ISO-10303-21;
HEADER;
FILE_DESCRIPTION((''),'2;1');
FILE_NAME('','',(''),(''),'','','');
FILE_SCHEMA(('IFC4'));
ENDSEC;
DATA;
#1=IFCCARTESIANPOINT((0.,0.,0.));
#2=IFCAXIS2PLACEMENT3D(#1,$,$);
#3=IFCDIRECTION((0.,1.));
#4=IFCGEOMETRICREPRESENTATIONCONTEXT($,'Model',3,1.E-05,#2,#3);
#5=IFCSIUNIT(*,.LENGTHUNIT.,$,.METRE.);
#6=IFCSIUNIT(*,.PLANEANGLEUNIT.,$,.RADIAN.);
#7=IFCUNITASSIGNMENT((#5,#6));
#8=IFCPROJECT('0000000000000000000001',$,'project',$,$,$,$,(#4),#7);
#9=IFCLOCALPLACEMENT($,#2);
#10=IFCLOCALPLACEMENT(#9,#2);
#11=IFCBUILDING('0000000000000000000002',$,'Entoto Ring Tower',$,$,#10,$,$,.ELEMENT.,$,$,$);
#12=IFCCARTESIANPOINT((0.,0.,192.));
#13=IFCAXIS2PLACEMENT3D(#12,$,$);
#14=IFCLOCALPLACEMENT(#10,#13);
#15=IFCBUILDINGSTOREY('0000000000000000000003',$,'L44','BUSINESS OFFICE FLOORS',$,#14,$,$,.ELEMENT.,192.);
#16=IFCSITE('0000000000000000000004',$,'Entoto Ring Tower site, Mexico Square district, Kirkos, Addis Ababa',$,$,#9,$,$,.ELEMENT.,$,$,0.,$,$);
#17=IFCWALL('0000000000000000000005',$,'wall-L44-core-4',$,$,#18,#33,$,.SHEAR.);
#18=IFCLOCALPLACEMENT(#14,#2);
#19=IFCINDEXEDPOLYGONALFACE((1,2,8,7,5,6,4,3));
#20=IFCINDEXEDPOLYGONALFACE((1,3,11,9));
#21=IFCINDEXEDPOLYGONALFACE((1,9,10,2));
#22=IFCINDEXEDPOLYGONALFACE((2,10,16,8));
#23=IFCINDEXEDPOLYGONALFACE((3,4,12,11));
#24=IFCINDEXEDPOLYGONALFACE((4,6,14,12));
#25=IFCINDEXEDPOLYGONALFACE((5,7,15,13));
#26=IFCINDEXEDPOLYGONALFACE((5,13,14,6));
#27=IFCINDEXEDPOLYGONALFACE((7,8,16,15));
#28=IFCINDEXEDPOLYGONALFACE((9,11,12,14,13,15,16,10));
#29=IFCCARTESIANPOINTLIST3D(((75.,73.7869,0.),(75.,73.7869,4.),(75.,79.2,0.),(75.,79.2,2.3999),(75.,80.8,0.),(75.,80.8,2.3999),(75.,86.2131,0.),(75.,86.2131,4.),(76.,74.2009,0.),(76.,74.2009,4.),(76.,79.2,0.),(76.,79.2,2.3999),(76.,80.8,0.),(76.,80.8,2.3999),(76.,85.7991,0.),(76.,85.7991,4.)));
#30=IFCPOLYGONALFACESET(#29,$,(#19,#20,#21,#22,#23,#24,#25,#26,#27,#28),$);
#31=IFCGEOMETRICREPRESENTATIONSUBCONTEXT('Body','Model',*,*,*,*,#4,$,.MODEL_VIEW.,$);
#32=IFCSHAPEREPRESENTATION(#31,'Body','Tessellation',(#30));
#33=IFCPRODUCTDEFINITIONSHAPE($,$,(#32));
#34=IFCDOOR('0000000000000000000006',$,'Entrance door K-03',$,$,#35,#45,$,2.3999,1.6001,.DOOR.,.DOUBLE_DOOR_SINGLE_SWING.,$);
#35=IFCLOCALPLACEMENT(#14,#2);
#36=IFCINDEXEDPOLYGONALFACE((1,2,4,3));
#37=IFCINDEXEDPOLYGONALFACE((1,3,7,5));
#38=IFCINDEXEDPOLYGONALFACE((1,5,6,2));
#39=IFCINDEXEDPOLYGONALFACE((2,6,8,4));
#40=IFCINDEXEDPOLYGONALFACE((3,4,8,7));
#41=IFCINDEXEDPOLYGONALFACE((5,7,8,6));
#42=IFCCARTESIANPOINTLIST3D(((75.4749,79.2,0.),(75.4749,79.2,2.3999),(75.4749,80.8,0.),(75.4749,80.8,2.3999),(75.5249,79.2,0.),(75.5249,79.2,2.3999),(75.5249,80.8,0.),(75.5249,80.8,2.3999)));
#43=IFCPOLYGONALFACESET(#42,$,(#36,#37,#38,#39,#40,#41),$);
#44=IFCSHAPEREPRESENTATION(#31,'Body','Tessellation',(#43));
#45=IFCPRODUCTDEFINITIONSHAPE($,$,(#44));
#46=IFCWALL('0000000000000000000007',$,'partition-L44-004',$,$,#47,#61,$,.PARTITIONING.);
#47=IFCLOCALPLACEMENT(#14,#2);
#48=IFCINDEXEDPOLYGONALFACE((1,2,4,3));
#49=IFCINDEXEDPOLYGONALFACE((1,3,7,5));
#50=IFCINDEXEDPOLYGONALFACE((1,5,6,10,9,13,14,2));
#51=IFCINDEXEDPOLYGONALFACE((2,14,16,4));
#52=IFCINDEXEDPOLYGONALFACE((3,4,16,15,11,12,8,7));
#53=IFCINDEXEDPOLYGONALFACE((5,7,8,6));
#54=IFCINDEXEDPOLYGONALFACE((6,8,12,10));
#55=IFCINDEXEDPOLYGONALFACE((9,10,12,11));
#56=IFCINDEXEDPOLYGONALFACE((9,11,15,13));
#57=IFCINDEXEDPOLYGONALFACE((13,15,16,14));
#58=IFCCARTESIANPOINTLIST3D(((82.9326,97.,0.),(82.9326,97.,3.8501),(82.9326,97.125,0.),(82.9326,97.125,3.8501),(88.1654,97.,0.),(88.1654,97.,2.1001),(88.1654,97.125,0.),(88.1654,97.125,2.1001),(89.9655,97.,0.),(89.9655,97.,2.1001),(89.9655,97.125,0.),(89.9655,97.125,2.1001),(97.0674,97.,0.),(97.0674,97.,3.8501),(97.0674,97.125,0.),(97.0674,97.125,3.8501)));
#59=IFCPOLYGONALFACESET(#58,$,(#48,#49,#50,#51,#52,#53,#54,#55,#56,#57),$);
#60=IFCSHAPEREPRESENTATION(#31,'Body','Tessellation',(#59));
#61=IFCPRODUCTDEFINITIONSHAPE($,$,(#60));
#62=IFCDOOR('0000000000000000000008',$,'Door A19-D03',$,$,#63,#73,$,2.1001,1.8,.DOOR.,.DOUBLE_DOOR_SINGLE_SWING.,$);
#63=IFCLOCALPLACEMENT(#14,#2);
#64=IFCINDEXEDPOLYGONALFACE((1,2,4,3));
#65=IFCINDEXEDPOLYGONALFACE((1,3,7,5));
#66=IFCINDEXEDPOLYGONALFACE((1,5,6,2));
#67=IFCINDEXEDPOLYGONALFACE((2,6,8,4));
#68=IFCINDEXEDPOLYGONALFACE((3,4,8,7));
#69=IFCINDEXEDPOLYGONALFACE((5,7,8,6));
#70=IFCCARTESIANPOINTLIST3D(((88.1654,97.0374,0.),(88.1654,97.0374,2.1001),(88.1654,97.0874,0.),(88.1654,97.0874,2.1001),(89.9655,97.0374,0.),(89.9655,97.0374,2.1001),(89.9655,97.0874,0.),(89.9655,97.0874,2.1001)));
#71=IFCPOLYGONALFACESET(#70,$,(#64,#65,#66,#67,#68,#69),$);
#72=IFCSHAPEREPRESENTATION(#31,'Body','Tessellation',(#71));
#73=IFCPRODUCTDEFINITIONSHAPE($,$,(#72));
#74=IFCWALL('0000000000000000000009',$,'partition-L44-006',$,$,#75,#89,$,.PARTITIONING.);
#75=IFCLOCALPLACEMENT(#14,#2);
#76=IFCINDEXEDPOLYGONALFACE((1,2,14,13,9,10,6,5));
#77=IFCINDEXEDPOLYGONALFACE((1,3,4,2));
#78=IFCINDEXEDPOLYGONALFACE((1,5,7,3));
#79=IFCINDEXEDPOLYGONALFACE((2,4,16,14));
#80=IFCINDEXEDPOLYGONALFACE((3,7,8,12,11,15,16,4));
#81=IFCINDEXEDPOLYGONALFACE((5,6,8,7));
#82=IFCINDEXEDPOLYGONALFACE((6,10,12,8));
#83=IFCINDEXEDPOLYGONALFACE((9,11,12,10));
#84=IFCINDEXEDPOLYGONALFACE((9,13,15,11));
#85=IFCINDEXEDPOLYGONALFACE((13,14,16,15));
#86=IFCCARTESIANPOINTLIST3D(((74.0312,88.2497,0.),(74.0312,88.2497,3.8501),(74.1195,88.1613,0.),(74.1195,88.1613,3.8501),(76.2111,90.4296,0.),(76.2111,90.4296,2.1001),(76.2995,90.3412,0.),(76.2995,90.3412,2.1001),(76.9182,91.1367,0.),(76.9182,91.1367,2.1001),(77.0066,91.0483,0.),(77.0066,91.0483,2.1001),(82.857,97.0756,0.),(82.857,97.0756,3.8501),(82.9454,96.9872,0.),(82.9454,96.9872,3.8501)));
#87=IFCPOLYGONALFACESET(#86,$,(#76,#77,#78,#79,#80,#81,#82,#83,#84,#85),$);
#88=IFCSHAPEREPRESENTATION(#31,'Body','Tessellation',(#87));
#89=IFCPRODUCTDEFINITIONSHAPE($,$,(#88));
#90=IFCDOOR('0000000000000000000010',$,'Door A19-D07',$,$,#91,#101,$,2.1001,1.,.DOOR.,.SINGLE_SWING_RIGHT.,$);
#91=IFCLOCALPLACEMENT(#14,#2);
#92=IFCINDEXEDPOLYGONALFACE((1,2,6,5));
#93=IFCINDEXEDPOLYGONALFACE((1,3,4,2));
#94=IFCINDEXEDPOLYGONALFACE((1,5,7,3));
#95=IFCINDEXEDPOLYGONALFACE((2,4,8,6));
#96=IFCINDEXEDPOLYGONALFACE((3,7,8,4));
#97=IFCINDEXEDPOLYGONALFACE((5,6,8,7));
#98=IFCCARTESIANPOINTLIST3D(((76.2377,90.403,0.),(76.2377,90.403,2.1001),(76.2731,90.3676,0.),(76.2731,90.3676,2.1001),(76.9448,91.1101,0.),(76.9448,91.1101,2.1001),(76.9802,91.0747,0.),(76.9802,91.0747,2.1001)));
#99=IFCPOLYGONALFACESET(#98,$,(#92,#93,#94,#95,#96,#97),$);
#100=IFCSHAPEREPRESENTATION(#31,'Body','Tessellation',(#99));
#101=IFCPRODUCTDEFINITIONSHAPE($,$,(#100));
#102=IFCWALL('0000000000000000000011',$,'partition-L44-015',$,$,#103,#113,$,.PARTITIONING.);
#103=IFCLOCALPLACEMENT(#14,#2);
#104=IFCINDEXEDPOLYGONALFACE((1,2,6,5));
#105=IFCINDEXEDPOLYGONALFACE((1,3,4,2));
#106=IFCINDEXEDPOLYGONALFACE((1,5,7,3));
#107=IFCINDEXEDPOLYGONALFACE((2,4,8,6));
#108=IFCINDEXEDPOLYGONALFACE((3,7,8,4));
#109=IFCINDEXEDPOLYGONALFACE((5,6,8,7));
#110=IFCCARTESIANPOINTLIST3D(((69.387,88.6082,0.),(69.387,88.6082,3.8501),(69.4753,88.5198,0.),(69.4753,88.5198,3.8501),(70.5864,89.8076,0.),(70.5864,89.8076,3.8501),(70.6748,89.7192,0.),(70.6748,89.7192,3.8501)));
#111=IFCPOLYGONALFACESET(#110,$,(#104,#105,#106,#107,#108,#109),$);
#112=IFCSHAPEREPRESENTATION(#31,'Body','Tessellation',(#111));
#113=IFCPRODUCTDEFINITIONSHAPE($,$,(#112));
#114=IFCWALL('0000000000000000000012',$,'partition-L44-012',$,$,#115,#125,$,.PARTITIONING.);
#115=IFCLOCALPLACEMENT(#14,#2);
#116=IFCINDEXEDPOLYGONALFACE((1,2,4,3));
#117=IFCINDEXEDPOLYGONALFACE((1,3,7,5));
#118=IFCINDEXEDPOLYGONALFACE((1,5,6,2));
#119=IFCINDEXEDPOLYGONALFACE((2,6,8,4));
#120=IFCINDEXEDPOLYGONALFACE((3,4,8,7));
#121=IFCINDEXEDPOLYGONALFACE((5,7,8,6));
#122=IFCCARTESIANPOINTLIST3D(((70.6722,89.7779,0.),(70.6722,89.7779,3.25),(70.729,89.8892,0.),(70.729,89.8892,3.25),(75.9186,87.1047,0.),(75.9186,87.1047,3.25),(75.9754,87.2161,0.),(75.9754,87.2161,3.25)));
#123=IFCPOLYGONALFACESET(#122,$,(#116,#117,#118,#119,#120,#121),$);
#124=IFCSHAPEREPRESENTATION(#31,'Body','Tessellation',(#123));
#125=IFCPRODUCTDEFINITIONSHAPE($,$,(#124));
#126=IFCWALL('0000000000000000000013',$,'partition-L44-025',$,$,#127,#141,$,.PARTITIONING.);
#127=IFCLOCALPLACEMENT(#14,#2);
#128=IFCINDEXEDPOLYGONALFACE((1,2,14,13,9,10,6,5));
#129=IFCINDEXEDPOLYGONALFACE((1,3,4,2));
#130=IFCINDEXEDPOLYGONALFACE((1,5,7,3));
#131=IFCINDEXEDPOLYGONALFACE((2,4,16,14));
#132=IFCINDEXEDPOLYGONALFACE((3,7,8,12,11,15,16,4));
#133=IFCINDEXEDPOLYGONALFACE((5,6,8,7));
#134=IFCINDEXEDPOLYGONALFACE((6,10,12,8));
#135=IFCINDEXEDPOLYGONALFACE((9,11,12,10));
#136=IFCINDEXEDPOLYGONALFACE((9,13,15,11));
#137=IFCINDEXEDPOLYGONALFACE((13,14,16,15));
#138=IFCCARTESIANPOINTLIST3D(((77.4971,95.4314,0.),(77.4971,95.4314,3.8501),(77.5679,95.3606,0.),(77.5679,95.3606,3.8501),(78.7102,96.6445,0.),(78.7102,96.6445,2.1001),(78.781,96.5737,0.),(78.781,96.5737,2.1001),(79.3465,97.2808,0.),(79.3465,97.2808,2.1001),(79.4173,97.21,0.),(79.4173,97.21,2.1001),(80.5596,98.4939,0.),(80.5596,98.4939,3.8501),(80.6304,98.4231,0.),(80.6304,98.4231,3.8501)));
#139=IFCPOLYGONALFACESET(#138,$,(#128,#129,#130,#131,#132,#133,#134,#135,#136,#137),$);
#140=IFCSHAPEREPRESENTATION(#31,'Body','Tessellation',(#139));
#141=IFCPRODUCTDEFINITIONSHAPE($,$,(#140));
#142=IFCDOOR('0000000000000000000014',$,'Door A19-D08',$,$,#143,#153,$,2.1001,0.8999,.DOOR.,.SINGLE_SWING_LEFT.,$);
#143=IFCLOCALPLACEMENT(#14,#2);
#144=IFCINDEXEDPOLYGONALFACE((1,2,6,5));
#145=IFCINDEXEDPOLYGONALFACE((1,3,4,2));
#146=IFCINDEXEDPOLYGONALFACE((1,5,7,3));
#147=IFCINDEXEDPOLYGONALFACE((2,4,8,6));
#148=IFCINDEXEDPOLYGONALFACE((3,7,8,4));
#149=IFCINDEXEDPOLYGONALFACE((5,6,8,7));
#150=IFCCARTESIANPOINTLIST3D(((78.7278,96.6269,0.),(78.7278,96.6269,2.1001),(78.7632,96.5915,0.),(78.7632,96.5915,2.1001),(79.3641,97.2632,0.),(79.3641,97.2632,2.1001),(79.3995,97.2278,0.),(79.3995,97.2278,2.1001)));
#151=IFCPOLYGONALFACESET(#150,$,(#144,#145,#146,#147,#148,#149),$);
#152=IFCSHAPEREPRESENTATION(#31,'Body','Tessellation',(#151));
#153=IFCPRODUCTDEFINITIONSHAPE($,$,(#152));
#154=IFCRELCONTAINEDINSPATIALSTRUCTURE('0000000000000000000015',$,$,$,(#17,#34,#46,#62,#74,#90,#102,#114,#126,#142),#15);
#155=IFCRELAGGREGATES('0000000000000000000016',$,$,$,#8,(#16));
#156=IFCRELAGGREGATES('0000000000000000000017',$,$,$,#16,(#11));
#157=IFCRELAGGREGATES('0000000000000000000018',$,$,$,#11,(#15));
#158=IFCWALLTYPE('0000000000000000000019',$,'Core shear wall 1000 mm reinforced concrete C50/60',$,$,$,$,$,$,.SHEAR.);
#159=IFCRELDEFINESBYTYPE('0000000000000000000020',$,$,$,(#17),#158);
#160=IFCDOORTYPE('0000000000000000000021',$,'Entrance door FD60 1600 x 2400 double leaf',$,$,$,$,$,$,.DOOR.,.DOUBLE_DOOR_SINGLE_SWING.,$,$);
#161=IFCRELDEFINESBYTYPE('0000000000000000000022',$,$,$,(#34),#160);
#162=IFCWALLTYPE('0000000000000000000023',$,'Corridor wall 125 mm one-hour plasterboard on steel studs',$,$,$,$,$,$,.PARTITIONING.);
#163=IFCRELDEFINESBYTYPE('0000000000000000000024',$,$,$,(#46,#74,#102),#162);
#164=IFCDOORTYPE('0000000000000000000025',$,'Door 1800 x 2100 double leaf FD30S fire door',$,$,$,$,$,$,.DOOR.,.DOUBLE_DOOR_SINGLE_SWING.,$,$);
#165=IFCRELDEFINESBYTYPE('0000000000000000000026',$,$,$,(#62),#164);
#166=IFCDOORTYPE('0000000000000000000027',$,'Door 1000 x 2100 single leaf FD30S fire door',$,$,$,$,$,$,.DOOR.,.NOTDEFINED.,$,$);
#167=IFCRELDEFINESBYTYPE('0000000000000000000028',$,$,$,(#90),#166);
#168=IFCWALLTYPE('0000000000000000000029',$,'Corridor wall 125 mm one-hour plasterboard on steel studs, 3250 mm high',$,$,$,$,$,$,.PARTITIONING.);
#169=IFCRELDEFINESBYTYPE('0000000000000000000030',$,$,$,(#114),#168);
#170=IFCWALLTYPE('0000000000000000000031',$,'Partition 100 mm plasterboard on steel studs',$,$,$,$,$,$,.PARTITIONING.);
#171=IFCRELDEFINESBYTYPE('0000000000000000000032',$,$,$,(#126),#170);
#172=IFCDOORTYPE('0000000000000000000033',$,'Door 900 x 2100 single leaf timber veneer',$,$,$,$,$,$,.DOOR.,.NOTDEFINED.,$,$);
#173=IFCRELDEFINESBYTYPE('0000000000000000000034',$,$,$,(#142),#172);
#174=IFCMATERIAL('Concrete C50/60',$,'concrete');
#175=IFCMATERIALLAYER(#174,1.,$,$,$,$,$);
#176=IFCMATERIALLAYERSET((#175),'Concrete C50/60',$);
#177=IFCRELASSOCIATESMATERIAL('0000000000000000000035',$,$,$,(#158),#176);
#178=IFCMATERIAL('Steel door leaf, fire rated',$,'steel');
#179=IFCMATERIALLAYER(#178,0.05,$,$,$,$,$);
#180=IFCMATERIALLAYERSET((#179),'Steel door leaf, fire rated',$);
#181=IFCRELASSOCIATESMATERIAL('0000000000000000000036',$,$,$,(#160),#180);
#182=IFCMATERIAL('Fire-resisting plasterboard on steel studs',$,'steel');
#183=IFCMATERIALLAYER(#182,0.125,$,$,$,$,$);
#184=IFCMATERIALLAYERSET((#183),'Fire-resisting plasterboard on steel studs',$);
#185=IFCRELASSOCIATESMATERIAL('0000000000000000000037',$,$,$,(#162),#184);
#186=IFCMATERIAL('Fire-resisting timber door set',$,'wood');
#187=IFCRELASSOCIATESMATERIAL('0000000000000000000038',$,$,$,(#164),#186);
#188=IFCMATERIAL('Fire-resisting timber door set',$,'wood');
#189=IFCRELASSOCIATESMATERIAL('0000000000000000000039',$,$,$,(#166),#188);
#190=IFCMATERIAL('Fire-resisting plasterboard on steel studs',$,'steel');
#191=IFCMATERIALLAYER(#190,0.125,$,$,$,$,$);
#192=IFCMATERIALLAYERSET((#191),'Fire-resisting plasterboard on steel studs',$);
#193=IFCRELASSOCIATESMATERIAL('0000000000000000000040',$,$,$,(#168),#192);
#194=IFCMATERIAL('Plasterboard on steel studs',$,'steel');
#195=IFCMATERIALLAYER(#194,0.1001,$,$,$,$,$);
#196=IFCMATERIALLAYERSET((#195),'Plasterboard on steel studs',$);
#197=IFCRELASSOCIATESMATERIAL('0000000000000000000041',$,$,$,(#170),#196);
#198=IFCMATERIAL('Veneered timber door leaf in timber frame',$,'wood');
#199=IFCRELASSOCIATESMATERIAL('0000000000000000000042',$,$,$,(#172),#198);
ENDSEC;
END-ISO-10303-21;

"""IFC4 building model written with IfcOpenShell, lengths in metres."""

from ifc_helpers import new_model, si_unit, direction, frame, frame_2d, origin, place, context, subcontext, project, spatial, polyline, rectangle, outline, extrude, material, layer, layer_set, type_object, element, fill, save


model = new_model("IFC4")

# Units and contexts
model_context = context("Model", 3, precision=1e-05, world=origin(), true_north=direction((0.0, 1.0)))
body_context = subcontext(model_context, "Body", "Model", "MODEL_VIEW")
ifc_project = project(units=[si_unit("LENGTHUNIT", "METRE"), si_unit("PLANEANGLEUNIT", "RADIAN")], contexts=[model_context])

# Site, building, storey
site_placement = place(None, origin())
site = spatial("IfcSite", under=ifc_project, at=site_placement, Name="Entoto Ring Tower site, Mexico Square district, Kirkos, Addis Ababa", CompositionType="ELEMENT", RefElevation=0.0)
building_placement = place(site_placement, origin())
building = spatial("IfcBuilding", under=site, at=building_placement, Name="Entoto Ring Tower", CompositionType="ELEMENT")
storey_placement = place(building_placement, frame((0.0, 0.0, 192.0)))
storey = spatial("IfcBuildingStorey", under=building, at=storey_placement, Name="L44", Description="BUSINESS OFFICE FLOORS", CompositionType="ELEMENT", Elevation=192.0)

# Shared definitions
ifc_material_1 = material(Name="Concrete C50/60", Category="concrete")
ifc_layer_1 = layer(ifc_material_1, 1.0)
ifc_layer_set_1 = layer_set([ifc_layer_1], Name="Concrete C50/60")
wall_type_1 = type_object("IfcWallType", Name="Core shear wall 1000 mm reinforced concrete C50/60", PredefinedType="SHEAR", material=ifc_layer_set_1)

# Walls, openings, doors
wall_1_placement = place(storey_placement, frame((75.5, 86.0061, 0.0), z_axis=(0.0, 0.0, 1.0), x_axis=(0.0, -1.0, 0.0)))
wall_1 = element("IfcWall", 1, at=wall_1_placement, inside=storey, type_object=wall_type_1, Name="wall-L44-core-4", PredefinedType="SHEAR", context=body_context, shape_type="SweptSolid", body=[
    extrude(outline(polyline([(-0.207, -0.5), (12.2192, -0.5), (11.8052, 0.5), (0.207, 0.5), (-0.207, -0.5)])), origin(), (0.0, 0.0, 1.0), 4.0),
])
opening_1_placement = place(wall_1_placement, frame((5.2061, 0.0, 0.0)))
opening_1 = element("IfcOpeningElement", 2, at=opening_1_placement, cuts=wall_1, PredefinedType="OPENING", context=body_context, shape_type="SweptSolid", body=[
    extrude(rectangle(XDim=1.6001, YDim=2.3999, at=frame_2d((0.8, 1.2))), frame((0.0, 0.51, 0.0), z_axis=(0.0, -1.0, 0.0), x_axis=(1.0, 0.0, 0.0)), (0.0, 0.0, 1.0), 1.02),
])
ifc_material_2 = material(Name="Steel door leaf, fire rated", Category="steel")
ifc_layer_2 = layer(ifc_material_2, 0.05)
ifc_layer_set_2 = layer_set([ifc_layer_2], Name="Steel door leaf, fire rated")
door_type_1 = type_object("IfcDoorType", Name="Entrance door FD60 1600 x 2400 double leaf", OperationType="DOUBLE_DOOR_SINGLE_SWING", PredefinedType="DOOR", material=ifc_layer_set_2)
door_1_placement = place(opening_1_placement, origin())
door_1 = element("IfcDoor", 3, at=door_1_placement, inside=storey, type_object=door_type_1, Name="Entrance door K-03", OperationType="DOUBLE_DOOR_SINGLE_SWING", OverallHeight=2.3999, OverallWidth=1.6001, PredefinedType="DOOR", context=body_context, shape_type="SweptSolid", body=[
    extrude(rectangle(XDim=1.6001, YDim=2.3999, at=frame_2d((0.8, 1.2))), frame((0.0, 0.0249, 0.0), z_axis=(0.0, -1.0, 0.0), x_axis=(1.0, 0.0, 0.0)), (0.0, 0.0, 1.0), 0.05),
])
fill(opening_1, door_1)
ifc_material_3 = material(Name="Fire-resisting plasterboard on steel studs", Category="steel")
ifc_layer_3 = layer(ifc_material_3, 0.125)
ifc_layer_set_3 = layer_set([ifc_layer_3], Name="Fire-resisting plasterboard on steel studs")
wall_type_2 = type_object("IfcWallType", Name="Corridor wall 125 mm one-hour plasterboard on steel studs", PredefinedType="PARTITIONING", material=ifc_layer_set_3)
wall_2_placement = place(storey_placement, frame((82.9326, 97.0625, 0.0), z_axis=(0.0, 0.0, 1.0), x_axis=(1.0, 0.0, 0.0)))
wall_2 = element("IfcWall", 4, at=wall_2_placement, inside=storey, type_object=wall_type_2, Name="partition-L44-004", PredefinedType="PARTITIONING", context=body_context, shape_type="SweptSolid", body=[
    extrude(rectangle(XDim=14.1348, YDim=0.125, at=frame_2d((7.0674, 0.0))), origin(), (0.0, 0.0, 1.0), 3.8501),
])
opening_2_placement = place(wall_2_placement, frame((5.2329, 0.0, 0.0)))
opening_2 = element("IfcOpeningElement", 5, at=opening_2_placement, cuts=wall_2, PredefinedType="OPENING", context=body_context, shape_type="SweptSolid", body=[
    extrude(rectangle(XDim=1.8, YDim=2.1001, at=frame_2d((0.8999, 1.05))), frame((0.0, 0.0725, 0.0), z_axis=(0.0, -1.0, 0.0), x_axis=(1.0, 0.0, 0.0)), (0.0, 0.0, 1.0), 0.145),
])
ifc_material_4 = material(Name="Fire-resisting timber door set", Category="wood")
door_type_2 = type_object("IfcDoorType", Name="Door 1800 x 2100 double leaf FD30S fire door", OperationType="DOUBLE_DOOR_SINGLE_SWING", PredefinedType="DOOR", material=ifc_material_4)
door_2_placement = place(opening_2_placement, origin())
door_2 = element("IfcDoor", 6, at=door_2_placement, inside=storey, type_object=door_type_2, Name="Door A19-D03", OperationType="DOUBLE_DOOR_SINGLE_SWING", OverallHeight=2.1001, OverallWidth=1.8, PredefinedType="DOOR", context=body_context, shape_type="SweptSolid", body=[
    extrude(rectangle(XDim=1.8, YDim=2.1001, at=frame_2d((0.8999, 1.05))), frame((0.0, 0.0249, 0.0), z_axis=(0.0, -1.0, 0.0), x_axis=(1.0, 0.0, 0.0)), (0.0, 0.0, 1.0), 0.05),
])
fill(opening_2, door_2)
wall_3_placement = place(storey_placement, frame((74.0754, 88.2056, 0.0), z_axis=(0.0, 0.0, 1.0), x_axis=(0.707107, 0.707107, 0.0)))
wall_3 = element("IfcWall", 7, at=wall_3_placement, inside=storey, type_object=wall_type_2, Name="partition-L44-006", PredefinedType="PARTITIONING", context=body_context, shape_type="SweptSolid", body=[
    extrude(rectangle(XDim=12.4817, YDim=0.125, at=frame_2d((6.2407, 0.0))), origin(), (0.0, 0.0, 1.0), 3.8501),
])
opening_3_placement = place(wall_3_placement, frame((3.0828, 0.0, 0.0)))
opening_3 = element("IfcOpeningElement", 8, at=opening_3_placement, cuts=wall_3, PredefinedType="OPENING", context=body_context, shape_type="SweptSolid", body=[
    extrude(rectangle(XDim=1.0, YDim=2.1001, at=frame_2d((0.5, 1.05))), frame((0.0, 0.0725, 0.0), z_axis=(0.0, -1.0, 0.0), x_axis=(1.0, 0.0, 0.0)), (0.0, 0.0, 1.0), 0.145),
])
ifc_material_5 = material(Name="Fire-resisting timber door set", Category="wood")
door_type_3 = type_object("IfcDoorType", Name="Door 1000 x 2100 single leaf FD30S fire door", OperationType="NOTDEFINED", PredefinedType="DOOR", material=ifc_material_5)
door_3_placement = place(opening_3_placement, origin())
door_3 = element("IfcDoor", 9, at=door_3_placement, inside=storey, type_object=door_type_3, Name="Door A19-D07", OperationType="SINGLE_SWING_RIGHT", OverallHeight=2.1001, OverallWidth=1.0, PredefinedType="DOOR", context=body_context, shape_type="SweptSolid", body=[
    extrude(rectangle(XDim=1.0, YDim=2.1001, at=frame_2d((0.5, 1.05))), frame((0.0, 0.0249, 0.0), z_axis=(0.0, -1.0, 0.0), x_axis=(1.0, 0.0, 0.0)), (0.0, 0.0, 1.0), 0.05),
])
fill(opening_3, door_3)

# Walls
wall_4_placement = place(storey_placement, frame((69.4312, 88.564, 0.0), z_axis=(0.0, 0.0, 1.0), x_axis=(0.707107, 0.707107, 0.0)))
element("IfcWall", 10, at=wall_4_placement, inside=storey, type_object=wall_type_2, Name="partition-L44-015", PredefinedType="PARTITIONING", context=body_context, shape_type="SweptSolid", body=[
    extrude(rectangle(XDim=1.6963, YDim=0.125, at=frame_2d((0.8481, 0.0))), origin(), (0.0, 0.0, 1.0), 3.8501),
])
ifc_material_6 = material(Name="Fire-resisting plasterboard on steel studs", Category="steel")
ifc_layer_4 = layer(ifc_material_6, 0.125)
ifc_layer_set_4 = layer_set([ifc_layer_4], Name="Fire-resisting plasterboard on steel studs")
wall_type_3 = type_object("IfcWallType", Name="Corridor wall 125 mm one-hour plasterboard on steel studs, 3250 mm high", PredefinedType="PARTITIONING", material=ifc_layer_set_4)
wall_5_placement = place(storey_placement, frame((75.947, 87.1604, 0.0), z_axis=(0.0, 0.0, 1.0), x_axis=(-0.89101, 0.453984, 0.0)))
element("IfcWall", 11, at=wall_5_placement, inside=storey, type_object=wall_type_3, Name="partition-L44-012", PredefinedType="PARTITIONING", context=body_context, shape_type="SweptSolid", body=[
    extrude(rectangle(XDim=5.8882, YDim=0.125, at=frame_2d((2.9441, 0.0))), origin(), (0.0, 0.0, 1.0), 3.25),
])

# Wall, opening, door
ifc_material_7 = material(Name="Plasterboard on steel studs", Category="steel")
ifc_layer_5 = layer(ifc_material_7, 0.1001)
ifc_layer_set_5 = layer_set([ifc_layer_5], Name="Plasterboard on steel studs")
wall_type_4 = type_object("IfcWallType", Name="Partition 100 mm plasterboard on steel studs", PredefinedType="PARTITIONING", material=ifc_layer_set_5)
wall_6_placement = place(storey_placement, frame((77.5325, 95.396, 0.0), z_axis=(0.0, 0.0, 1.0), x_axis=(0.707107, 0.707107, 0.0)))
wall_6 = element("IfcWall", 12, at=wall_6_placement, inside=storey, type_object=wall_type_4, Name="partition-L44-025", PredefinedType="PARTITIONING", context=body_context, shape_type="SweptSolid", body=[
    extrude(rectangle(XDim=4.3311, YDim=0.1001, at=frame_2d((2.1655, 0.0))), origin(), (0.0, 0.0, 1.0), 3.8501),
])
opening_4_placement = place(wall_6_placement, frame((1.7156, 0.0, 0.0)))
opening_4 = element("IfcOpeningElement", 13, at=opening_4_placement, cuts=wall_6, PredefinedType="OPENING", context=body_context, shape_type="SweptSolid", body=[
    extrude(rectangle(XDim=0.8999, YDim=2.1001, at=frame_2d((0.45, 1.05))), frame((0.0, 0.0601, 0.0), z_axis=(0.0, -1.0, 0.0), x_axis=(1.0, 0.0, 0.0)), (0.0, 0.0, 1.0), 0.1201),
])
ifc_material_8 = material(Name="Veneered timber door leaf in timber frame", Category="wood")
door_type_4 = type_object("IfcDoorType", Name="Door 900 x 2100 single leaf timber veneer", OperationType="NOTDEFINED", PredefinedType="DOOR", material=ifc_material_8)
door_4_placement = place(opening_4_placement, frame((0.8999, 0.0, 0.0), z_axis=(0.0, 0.0, 1.0), x_axis=(-1.0, 0.0, 0.0)))
door_4 = element("IfcDoor", 14, at=door_4_placement, inside=storey, type_object=door_type_4, Name="Door A19-D08", OperationType="SINGLE_SWING_LEFT", OverallHeight=2.1001, OverallWidth=0.8999, PredefinedType="DOOR", context=body_context, shape_type="SweptSolid", body=[
    extrude(rectangle(XDim=0.8999, YDim=2.1001, at=frame_2d((0.45, 1.05))), frame((0.0, 0.0249, 0.0), z_axis=(0.0, -1.0, 0.0), x_axis=(1.0, 0.0, 0.0)), (0.0, 0.0, 1.0), 0.05),
])
fill(opening_4, door_4)

save(model, "model.ifc")
